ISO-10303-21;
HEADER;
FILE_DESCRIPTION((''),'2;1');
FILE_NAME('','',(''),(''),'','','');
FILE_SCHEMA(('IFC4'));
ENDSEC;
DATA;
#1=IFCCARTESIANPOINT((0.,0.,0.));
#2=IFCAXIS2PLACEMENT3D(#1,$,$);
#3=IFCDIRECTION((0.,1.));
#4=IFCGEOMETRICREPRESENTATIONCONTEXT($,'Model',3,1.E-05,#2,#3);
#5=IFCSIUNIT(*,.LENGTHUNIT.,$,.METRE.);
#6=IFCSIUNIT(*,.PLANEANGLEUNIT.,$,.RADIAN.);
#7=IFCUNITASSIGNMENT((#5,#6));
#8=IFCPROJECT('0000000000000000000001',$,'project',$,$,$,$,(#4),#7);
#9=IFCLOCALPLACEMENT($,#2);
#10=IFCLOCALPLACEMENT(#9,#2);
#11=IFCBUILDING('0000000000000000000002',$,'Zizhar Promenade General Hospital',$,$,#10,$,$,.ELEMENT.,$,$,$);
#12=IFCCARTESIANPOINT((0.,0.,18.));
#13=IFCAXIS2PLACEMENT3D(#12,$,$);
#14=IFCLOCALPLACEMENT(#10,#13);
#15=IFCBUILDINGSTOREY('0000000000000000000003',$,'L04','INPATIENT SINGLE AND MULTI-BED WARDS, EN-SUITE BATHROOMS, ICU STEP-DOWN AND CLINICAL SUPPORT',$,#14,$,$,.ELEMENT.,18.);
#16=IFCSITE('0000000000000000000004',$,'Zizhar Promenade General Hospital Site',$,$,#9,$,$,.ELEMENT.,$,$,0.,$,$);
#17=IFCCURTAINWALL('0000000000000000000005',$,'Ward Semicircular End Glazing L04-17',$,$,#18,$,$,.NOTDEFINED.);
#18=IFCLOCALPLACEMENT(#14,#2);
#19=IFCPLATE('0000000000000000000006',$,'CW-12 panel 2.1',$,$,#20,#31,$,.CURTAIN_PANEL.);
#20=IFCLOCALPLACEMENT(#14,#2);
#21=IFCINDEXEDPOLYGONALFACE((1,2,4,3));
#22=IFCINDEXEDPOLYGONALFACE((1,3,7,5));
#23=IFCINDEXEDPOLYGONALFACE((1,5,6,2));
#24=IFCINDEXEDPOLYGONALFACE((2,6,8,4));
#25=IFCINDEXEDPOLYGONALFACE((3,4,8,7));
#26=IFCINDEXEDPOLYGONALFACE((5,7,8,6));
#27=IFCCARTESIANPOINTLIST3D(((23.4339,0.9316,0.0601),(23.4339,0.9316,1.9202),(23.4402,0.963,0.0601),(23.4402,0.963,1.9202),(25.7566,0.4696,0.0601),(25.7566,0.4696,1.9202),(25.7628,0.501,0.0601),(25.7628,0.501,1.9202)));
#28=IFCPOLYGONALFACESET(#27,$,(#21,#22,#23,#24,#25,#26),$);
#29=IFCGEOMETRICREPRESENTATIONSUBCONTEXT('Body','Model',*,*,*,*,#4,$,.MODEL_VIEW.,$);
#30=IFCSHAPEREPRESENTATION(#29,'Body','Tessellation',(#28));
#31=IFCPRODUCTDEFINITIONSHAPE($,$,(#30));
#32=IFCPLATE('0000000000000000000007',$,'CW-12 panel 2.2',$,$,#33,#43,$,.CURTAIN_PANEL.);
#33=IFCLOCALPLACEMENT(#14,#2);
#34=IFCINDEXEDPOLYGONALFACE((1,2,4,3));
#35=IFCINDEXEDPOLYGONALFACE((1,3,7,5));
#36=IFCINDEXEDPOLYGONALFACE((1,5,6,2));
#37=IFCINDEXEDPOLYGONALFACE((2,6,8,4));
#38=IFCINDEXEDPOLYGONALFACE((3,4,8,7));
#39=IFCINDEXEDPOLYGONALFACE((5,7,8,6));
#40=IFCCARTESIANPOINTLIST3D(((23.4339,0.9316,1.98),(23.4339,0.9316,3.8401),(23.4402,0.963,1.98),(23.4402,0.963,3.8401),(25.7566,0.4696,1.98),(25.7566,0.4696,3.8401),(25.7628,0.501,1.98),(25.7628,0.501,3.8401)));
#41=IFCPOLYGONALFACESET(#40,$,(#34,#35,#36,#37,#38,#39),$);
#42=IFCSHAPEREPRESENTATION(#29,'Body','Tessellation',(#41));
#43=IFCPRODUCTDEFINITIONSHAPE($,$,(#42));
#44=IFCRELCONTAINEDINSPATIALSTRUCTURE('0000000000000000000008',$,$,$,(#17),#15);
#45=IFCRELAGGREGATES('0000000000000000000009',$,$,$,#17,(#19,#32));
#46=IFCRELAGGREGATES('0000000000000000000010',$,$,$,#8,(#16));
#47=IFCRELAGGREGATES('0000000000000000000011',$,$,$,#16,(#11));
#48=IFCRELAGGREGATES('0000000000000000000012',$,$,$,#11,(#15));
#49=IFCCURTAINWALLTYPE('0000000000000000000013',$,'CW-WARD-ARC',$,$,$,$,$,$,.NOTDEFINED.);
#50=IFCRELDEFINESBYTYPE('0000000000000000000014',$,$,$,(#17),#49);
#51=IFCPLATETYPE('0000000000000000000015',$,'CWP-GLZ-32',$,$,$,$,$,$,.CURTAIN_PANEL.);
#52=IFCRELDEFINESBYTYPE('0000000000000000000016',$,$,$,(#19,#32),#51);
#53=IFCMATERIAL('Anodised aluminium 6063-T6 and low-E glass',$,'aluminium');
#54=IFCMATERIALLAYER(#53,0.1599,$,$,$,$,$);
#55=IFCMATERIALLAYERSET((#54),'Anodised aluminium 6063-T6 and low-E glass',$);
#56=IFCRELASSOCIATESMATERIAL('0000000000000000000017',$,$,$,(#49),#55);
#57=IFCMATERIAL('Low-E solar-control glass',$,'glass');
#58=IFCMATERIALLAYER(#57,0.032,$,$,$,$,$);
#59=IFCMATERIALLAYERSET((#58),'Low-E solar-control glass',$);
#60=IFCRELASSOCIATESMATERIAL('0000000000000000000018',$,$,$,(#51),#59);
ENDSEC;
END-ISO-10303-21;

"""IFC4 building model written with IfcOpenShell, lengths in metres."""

from ifc_helpers import new_model, si_unit, direction, frame, origin, origin_2d, place, context, subcontext, project, spatial, rectangle, extrude, material, layer, layer_set, type_object, element, aggregate, save


model = new_model("IFC4")

# Units and contexts
model_context = context("Model", 3, precision=1e-05, world=origin(), true_north=direction((0.0, 1.0)))
body_context = subcontext(model_context, "Body", "Model", "MODEL_VIEW")
ifc_project = project(units=[si_unit("LENGTHUNIT", "METRE"), si_unit("PLANEANGLEUNIT", "RADIAN")], contexts=[model_context])

# Site, building, storey
site_placement = place(None, origin())
site = spatial("IfcSite", under=ifc_project, at=site_placement, Name="Zizhar Promenade General Hospital Site", CompositionType="ELEMENT", RefElevation=0.0)
building_placement = place(site_placement, origin())
building = spatial("IfcBuilding", under=site, at=building_placement, Name="Zizhar Promenade General Hospital", CompositionType="ELEMENT")
storey_placement = place(building_placement, frame((0.0, 0.0, 18.0)))
storey = spatial("IfcBuildingStorey", under=building, at=storey_placement, Name="L04", Description="INPATIENT SINGLE AND MULTI-BED WARDS, EN-SUITE BATHROOMS, ICU STEP-DOWN AND CLINICAL SUPPORT", CompositionType="ELEMENT", Elevation=18.0)

# Curtain wall
ifc_material_1 = material(Name="Anodised aluminium 6063-T6 and low-E glass", Category="aluminium")
ifc_layer_1 = layer(ifc_material_1, 0.1599)
ifc_layer_set_1 = layer_set([ifc_layer_1], Name="Anodised aluminium 6063-T6 and low-E glass")
curtain_wall_type = type_object("IfcCurtainWallType", Name="CW-WARD-ARC", PredefinedType="NOTDEFINED", material=ifc_layer_set_1)
curtain_wall_1_placement = place(storey_placement, origin())
curtain_wall_1 = element("IfcCurtainWall", 1, at=curtain_wall_1_placement, inside=storey, type_object=curtain_wall_type, Name="Ward Semicircular End Glazing L04-17", PredefinedType="NOTDEFINED")

# Plates
ifc_material_2 = material(Name="Low-E solar-control glass", Category="glass")
ifc_layer_2 = layer(ifc_material_2, 0.032)
ifc_layer_set_2 = layer_set([ifc_layer_2], Name="Low-E solar-control glass")
plate_type = type_object("IfcPlateType", Name="CWP-GLZ-32", PredefinedType="CURTAIN_PANEL", material=ifc_layer_set_2)
plate_1_placement = place(storey_placement, frame((24.5984, 0.7163, 0.0601), z_axis=(0.0, 0.0, 1.0), x_axis=(-0.980786, 0.195087, 0.0)))
plate_1 = element("IfcPlate", 2, at=plate_1_placement, type_object=plate_type, Name="CW-12 panel 2.1", PredefinedType="CURTAIN_PANEL", context=body_context, shape_type="SweptSolid", body=[
    extrude(rectangle(XDim=2.3682, YDim=0.032, at=origin_2d()), origin(), (0.0, 0.0, 1.0), 1.8601),
])
plate_2_placement = place(storey_placement, frame((24.5984, 0.7163, 1.98), z_axis=(0.0, 0.0, 1.0), x_axis=(-0.980786, 0.195087, 0.0)))
plate_2 = element("IfcPlate", 3, at=plate_2_placement, type_object=plate_type, Name="CW-12 panel 2.2", PredefinedType="CURTAIN_PANEL", context=body_context, shape_type="SweptSolid", body=[
    extrude(rectangle(XDim=2.3682, YDim=0.032, at=origin_2d()), origin(), (0.0, 0.0, 1.0), 1.8601),
])
aggregate(curtain_wall_1, [plate_1, plate_2])

save(model, "model.ifc")
